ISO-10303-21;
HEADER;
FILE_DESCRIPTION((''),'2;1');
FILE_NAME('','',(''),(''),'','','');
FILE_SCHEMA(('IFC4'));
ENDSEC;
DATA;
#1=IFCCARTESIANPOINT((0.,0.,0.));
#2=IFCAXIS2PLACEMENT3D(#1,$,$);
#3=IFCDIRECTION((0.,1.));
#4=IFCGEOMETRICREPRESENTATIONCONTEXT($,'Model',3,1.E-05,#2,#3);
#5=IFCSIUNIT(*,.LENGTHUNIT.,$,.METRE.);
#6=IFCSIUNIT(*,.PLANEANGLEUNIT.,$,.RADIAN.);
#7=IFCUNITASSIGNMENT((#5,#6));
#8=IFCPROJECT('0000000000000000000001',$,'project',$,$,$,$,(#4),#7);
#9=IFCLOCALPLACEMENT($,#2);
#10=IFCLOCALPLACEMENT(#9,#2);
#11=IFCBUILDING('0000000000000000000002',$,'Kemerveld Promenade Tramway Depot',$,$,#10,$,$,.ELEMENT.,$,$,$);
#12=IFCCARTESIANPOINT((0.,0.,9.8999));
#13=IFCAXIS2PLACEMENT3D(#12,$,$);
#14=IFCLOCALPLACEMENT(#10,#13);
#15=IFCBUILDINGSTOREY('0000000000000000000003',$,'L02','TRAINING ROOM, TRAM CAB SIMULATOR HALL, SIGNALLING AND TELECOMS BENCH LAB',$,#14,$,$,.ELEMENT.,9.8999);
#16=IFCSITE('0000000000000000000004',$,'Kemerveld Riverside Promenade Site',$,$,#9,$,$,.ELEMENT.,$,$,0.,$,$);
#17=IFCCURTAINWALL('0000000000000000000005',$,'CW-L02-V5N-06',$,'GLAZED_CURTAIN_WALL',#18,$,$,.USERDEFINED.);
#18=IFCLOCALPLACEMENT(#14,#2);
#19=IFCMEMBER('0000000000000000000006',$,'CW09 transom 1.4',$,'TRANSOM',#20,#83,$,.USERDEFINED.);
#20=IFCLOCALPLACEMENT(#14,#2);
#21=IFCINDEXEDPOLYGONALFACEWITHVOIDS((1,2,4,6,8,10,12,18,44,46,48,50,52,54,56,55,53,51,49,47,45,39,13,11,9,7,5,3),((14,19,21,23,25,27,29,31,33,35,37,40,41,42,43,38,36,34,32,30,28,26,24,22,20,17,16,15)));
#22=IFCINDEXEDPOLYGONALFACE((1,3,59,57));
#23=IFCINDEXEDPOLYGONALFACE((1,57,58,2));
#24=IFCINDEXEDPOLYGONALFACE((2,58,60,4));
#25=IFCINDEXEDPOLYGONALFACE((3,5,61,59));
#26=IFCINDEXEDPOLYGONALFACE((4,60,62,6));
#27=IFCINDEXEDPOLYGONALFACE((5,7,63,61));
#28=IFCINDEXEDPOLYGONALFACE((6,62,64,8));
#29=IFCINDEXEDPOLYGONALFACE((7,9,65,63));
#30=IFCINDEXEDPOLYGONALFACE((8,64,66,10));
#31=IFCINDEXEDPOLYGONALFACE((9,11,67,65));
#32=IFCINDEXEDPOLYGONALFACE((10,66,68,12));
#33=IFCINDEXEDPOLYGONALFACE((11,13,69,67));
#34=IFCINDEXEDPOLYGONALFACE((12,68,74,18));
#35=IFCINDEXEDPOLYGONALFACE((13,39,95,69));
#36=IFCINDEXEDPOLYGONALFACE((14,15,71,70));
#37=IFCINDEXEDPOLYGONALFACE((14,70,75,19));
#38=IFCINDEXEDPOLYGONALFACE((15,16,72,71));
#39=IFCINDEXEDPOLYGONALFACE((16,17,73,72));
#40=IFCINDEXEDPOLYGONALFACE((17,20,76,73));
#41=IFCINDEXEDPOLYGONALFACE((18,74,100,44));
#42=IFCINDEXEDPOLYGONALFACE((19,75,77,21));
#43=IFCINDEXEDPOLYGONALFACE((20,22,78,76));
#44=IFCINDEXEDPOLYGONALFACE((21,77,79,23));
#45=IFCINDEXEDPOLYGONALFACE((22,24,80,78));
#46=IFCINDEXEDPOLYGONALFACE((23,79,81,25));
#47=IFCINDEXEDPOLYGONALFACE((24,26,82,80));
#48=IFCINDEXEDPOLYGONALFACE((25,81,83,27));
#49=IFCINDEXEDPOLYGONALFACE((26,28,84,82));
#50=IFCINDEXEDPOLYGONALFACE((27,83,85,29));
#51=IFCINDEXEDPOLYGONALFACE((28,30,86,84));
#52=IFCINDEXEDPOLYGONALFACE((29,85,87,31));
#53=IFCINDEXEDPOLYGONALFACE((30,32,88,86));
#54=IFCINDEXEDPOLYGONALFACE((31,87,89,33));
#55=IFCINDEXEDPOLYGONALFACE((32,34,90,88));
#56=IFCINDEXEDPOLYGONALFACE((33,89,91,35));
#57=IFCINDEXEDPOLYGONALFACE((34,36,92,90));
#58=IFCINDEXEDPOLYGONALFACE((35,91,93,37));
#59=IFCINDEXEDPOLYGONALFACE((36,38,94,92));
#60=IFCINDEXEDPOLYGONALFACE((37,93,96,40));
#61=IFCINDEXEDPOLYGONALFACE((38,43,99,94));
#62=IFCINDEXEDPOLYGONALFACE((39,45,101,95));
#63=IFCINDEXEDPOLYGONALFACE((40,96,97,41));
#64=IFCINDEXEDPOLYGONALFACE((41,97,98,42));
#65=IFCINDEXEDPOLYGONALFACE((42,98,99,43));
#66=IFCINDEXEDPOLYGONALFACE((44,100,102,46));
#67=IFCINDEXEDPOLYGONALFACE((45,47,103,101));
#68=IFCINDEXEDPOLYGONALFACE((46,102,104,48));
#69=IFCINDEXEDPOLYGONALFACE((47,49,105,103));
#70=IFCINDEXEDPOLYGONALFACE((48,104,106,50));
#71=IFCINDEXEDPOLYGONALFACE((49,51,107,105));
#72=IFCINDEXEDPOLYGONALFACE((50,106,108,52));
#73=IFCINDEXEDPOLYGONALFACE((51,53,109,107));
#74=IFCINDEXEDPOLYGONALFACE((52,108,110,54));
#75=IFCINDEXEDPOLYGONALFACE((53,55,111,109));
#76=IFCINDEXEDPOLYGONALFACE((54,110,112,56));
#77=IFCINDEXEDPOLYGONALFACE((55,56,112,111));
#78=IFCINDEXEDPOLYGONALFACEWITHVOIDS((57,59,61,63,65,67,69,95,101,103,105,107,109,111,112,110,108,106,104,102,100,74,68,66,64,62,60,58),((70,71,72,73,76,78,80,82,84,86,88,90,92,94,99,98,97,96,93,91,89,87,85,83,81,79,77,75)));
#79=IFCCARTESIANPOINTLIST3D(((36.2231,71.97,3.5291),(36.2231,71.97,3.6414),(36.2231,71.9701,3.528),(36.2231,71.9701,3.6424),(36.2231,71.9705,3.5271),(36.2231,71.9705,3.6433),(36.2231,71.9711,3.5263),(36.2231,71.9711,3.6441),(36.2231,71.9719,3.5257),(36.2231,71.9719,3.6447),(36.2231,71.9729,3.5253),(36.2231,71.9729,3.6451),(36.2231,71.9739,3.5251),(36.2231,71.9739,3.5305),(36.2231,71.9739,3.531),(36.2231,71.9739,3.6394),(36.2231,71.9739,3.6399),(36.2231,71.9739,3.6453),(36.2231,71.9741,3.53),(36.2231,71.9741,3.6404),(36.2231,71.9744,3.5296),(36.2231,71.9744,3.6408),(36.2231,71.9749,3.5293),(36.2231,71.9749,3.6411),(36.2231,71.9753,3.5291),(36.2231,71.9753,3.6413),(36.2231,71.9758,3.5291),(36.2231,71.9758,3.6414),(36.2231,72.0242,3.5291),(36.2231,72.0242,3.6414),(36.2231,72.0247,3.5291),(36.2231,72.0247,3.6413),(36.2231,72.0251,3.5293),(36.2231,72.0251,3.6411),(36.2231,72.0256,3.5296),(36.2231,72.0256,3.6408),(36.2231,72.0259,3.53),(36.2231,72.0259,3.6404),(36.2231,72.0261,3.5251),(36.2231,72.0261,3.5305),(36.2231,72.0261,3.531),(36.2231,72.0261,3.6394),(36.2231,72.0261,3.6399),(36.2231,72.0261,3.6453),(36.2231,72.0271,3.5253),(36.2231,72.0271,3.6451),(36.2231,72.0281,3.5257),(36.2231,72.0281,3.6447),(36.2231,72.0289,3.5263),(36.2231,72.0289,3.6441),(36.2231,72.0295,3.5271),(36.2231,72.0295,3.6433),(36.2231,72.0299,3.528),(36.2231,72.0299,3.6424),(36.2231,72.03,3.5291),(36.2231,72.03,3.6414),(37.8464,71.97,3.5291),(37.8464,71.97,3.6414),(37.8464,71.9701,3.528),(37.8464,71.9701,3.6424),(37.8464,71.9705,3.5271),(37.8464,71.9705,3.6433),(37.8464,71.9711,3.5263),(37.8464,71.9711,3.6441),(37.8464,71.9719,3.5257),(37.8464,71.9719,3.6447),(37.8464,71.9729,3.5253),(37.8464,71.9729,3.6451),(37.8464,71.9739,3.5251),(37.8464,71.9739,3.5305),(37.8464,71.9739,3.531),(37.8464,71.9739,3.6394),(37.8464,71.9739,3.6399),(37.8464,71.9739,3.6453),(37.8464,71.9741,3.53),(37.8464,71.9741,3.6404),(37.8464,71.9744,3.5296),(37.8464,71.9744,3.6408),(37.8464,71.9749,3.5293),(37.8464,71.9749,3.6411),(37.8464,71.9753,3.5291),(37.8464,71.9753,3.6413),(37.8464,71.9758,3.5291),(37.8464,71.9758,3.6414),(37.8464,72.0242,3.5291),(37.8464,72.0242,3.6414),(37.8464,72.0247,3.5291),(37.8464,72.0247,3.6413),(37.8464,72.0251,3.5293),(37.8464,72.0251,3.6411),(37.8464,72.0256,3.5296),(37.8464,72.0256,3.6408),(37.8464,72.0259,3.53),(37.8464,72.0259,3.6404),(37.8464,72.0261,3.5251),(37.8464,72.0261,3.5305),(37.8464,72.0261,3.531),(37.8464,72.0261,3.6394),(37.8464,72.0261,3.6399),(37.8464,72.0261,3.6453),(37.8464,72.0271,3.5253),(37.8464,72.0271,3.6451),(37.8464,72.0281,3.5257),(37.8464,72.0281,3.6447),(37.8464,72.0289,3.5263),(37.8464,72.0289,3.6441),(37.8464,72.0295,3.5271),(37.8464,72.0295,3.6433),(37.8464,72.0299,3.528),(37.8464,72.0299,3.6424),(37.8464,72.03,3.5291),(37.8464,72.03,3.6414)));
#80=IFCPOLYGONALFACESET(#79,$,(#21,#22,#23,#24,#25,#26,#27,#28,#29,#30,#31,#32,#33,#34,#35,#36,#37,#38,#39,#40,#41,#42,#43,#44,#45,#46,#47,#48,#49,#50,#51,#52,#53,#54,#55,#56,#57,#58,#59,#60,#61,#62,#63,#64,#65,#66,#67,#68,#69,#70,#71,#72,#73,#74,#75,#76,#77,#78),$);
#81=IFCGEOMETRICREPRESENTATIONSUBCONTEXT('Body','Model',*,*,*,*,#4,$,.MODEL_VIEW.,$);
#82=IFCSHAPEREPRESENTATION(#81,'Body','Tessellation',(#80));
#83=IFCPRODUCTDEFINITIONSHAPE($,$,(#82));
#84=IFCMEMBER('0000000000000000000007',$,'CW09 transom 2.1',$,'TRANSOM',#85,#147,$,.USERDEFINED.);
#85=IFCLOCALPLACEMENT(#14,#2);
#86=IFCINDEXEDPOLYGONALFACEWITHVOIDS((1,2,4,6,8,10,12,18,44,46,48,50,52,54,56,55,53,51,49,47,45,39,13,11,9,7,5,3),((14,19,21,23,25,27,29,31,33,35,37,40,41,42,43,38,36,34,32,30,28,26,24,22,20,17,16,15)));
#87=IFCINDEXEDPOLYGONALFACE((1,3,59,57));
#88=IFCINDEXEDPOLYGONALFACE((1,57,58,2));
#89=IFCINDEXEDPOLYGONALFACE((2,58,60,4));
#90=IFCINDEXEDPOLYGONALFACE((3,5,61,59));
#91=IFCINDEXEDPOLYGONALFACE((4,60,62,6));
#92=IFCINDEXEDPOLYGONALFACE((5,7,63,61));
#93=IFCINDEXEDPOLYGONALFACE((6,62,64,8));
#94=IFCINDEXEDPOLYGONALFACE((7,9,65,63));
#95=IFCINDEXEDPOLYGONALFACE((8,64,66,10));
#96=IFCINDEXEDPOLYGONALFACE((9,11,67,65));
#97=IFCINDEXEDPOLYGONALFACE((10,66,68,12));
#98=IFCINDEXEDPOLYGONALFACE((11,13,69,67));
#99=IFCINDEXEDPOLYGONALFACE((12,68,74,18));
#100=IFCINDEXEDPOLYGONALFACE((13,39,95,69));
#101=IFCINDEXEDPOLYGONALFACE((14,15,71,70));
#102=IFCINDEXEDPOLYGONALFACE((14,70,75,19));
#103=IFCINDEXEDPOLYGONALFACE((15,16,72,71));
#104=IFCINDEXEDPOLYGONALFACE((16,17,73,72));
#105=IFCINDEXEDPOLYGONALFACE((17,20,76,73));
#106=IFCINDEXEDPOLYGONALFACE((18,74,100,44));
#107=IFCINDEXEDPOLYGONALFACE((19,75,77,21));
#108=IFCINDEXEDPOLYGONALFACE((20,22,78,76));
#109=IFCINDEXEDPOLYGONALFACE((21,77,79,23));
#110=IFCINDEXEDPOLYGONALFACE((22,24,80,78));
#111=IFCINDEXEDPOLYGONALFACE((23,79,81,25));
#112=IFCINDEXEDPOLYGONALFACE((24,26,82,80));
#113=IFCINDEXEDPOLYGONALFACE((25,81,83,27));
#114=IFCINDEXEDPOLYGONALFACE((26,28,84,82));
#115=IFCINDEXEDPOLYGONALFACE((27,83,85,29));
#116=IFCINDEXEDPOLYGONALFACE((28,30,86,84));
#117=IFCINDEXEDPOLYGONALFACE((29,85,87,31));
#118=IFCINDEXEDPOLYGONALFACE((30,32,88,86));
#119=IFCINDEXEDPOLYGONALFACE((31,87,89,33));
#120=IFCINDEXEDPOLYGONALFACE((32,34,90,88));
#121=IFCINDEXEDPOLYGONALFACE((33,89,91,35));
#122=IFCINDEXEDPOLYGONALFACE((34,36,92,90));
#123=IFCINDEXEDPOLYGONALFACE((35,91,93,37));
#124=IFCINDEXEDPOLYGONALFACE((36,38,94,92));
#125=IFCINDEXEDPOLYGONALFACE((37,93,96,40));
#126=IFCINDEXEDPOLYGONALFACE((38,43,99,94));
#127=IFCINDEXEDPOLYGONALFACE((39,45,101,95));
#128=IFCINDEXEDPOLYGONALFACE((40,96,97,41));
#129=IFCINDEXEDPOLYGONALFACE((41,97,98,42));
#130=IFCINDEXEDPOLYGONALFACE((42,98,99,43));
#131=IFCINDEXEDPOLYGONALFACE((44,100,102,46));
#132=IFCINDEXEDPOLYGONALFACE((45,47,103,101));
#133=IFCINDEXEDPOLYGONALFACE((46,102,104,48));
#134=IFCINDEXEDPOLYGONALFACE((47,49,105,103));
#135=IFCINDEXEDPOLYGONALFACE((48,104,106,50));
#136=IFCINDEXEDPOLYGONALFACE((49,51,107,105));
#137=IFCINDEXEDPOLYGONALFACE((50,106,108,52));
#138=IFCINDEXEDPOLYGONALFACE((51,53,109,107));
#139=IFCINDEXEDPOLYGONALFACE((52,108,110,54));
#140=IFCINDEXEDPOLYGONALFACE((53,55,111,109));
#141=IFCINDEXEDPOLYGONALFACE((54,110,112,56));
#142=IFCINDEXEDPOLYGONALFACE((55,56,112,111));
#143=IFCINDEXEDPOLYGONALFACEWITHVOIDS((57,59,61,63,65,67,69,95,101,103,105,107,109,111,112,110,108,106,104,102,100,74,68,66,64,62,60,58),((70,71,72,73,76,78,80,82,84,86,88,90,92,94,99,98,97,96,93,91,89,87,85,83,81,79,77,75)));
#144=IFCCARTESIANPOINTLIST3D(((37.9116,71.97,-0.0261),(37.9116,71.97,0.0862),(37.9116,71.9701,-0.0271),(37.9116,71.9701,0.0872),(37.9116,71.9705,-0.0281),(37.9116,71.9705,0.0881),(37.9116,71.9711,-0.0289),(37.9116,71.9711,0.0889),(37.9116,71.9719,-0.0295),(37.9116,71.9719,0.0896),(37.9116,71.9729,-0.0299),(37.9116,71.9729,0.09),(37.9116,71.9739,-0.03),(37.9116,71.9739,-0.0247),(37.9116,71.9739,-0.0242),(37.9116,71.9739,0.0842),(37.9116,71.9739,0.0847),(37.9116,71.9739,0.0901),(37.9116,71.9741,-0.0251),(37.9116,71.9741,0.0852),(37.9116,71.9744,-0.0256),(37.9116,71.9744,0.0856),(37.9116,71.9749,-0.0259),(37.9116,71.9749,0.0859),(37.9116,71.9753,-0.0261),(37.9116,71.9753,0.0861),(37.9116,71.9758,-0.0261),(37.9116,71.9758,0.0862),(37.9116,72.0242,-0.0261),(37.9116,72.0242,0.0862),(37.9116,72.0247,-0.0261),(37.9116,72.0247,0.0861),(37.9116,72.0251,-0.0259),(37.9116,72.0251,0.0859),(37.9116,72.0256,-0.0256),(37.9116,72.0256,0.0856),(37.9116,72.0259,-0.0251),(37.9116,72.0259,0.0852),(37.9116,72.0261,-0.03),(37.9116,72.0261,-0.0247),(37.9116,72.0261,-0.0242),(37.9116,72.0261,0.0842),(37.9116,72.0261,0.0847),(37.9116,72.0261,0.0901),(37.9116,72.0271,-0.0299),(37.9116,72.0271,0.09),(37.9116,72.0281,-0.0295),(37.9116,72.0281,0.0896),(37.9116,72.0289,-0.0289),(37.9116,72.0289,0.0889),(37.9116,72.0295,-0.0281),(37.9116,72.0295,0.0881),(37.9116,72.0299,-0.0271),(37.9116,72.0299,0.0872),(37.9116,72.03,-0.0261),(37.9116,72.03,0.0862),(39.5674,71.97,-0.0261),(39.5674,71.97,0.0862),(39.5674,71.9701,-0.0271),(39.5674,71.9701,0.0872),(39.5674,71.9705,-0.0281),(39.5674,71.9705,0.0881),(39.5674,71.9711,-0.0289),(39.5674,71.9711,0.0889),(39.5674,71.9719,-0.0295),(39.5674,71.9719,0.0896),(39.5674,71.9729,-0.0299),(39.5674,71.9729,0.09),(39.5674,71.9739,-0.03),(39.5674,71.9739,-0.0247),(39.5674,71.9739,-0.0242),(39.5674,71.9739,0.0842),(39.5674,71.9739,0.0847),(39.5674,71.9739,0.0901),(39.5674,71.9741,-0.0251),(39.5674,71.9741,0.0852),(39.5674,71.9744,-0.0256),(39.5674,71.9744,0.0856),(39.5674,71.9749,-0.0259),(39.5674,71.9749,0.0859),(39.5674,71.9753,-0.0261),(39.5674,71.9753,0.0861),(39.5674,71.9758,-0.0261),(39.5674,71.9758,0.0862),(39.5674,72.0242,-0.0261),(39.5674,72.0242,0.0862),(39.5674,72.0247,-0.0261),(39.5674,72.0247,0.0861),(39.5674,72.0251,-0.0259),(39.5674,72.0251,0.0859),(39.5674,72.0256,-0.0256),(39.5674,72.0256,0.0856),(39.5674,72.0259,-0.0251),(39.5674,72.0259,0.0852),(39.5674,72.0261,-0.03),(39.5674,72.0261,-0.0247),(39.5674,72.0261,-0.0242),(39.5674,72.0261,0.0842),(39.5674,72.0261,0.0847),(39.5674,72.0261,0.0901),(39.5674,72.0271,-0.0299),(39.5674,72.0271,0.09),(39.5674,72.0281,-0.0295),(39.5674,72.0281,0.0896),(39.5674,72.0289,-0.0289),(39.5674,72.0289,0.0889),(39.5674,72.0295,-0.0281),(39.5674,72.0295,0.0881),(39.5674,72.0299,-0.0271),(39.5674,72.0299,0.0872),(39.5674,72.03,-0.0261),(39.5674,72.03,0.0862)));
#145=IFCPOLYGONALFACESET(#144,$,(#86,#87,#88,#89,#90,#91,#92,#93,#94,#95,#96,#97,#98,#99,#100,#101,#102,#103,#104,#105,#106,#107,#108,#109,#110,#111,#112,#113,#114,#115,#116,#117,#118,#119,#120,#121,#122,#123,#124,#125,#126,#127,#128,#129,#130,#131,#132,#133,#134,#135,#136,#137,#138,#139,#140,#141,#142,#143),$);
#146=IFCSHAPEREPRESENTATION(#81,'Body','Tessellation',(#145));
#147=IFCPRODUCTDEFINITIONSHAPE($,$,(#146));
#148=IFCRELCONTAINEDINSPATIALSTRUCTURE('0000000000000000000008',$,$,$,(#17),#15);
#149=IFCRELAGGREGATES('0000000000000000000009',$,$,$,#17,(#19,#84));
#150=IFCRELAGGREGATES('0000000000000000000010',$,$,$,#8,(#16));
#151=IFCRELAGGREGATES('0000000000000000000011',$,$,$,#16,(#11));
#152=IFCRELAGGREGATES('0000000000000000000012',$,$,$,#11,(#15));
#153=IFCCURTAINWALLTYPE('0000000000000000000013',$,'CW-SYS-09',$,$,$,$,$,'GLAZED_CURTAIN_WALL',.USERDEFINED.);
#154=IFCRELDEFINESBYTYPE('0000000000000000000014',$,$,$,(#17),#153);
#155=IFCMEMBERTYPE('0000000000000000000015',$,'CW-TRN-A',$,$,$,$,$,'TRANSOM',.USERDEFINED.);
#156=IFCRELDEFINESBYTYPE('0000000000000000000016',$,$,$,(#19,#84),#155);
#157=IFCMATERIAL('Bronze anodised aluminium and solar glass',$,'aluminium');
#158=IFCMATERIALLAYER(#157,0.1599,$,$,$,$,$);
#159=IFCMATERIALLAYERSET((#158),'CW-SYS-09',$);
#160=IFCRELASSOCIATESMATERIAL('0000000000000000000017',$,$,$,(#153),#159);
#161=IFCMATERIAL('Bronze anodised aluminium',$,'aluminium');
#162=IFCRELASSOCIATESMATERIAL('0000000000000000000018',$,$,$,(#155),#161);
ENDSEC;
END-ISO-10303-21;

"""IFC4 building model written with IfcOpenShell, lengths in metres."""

from ifc_helpers import new_model, si_unit, direction, frame, origin, origin_2d, place, context, subcontext, project, spatial, hollow_rectangle, extrude, material, layer, layer_set, material_profile, profile_set, type_object, element, aggregate, save


model = new_model("IFC4")

# Units and contexts
model_context = context("Model", 3, precision=1e-05, world=origin(), true_north=direction((0.0, 1.0)))
body_context = subcontext(model_context, "Body", "Model", "MODEL_VIEW")
ifc_project = project(units=[si_unit("LENGTHUNIT", "METRE"), si_unit("PLANEANGLEUNIT", "RADIAN")], contexts=[model_context])

# Site, building, storey
site_placement = place(None, origin())
site = spatial("IfcSite", under=ifc_project, at=site_placement, Name="Kemerveld Riverside Promenade Site", CompositionType="ELEMENT", RefElevation=0.0)
building_placement = place(site_placement, origin())
building = spatial("IfcBuilding", under=site, at=building_placement, Name="Kemerveld Promenade Tramway Depot", CompositionType="ELEMENT")
storey_placement = place(building_placement, frame((0.0, 0.0, 9.8999)))
storey = spatial("IfcBuildingStorey", under=building, at=storey_placement, Name="L02", Description="TRAINING ROOM, TRAM CAB SIMULATOR HALL, SIGNALLING AND TELECOMS BENCH LAB", CompositionType="ELEMENT", Elevation=9.8999)

# Curtain wall, members
ifc_material_1 = material(Name="Bronze anodised aluminium and solar glass", Category="aluminium")
ifc_layer_1 = layer(ifc_material_1, 0.1599)
ifc_layer_set_1 = layer_set([ifc_layer_1], Name="CW-SYS-09")
curtain_wall_type = type_object("IfcCurtainWallType", Name="CW-SYS-09", ElementType="GLAZED_CURTAIN_WALL", PredefinedType="USERDEFINED", material=ifc_layer_set_1)
curtain_wall_placement = place(storey_placement, origin())
curtain_wall = element("IfcCurtainWall", 1, at=curtain_wall_placement, inside=storey, type_object=curtain_wall_type, Name="CW-L02-V5N-06", ObjectType="GLAZED_CURTAIN_WALL", PredefinedType="USERDEFINED")
ifc_material_2 = material(Name="Bronze anodised aluminium", Category="aluminium")
ifc_material_profile_1 = material_profile(ifc_material_2, hollow_rectangle(XDim=0.0601, YDim=0.1201, WallThickness=0.0039, InnerFilletRadius=0.002, OuterFilletRadius=0.0039, at=origin_2d()), Name="CW-TRN-120x60")
ifc_profile_set_1 = profile_set([ifc_material_profile_1], Name="Bronze anodised aluminium")
member_type_1 = type_object("IfcMemberType", Name="CW-TRN-A", ElementType="TRANSOM", PredefinedType="USERDEFINED", material=ifc_profile_set_1)
member_1_placement = place(storey_placement, frame((36.2231, 72.0, 3.5852), z_axis=(1.0, 0.0, 0.0), x_axis=(0.0, 1.0, 0.0)))
member_1 = element("IfcMember", 2, at=member_1_placement, type_object=member_type_1, Name="CW09 transom 1.4", ObjectType="TRANSOM", PredefinedType="USERDEFINED", context=body_context, shape_type="SweptSolid", body=[
    extrude(hollow_rectangle(XDim=0.0601, YDim=0.1201, WallThickness=0.0039, InnerFilletRadius=0.002, OuterFilletRadius=0.0039, at=origin_2d()), origin(), (0.0, 0.0, 1.0), 1.6233),
])
member_2_placement = place(storey_placement, frame((37.9116, 72.0, 0.03), z_axis=(1.0, 0.0, 0.0), x_axis=(0.0, 1.0, 0.0)))
member_2 = element("IfcMember", 3, at=member_2_placement, type_object=member_type_1, Name="CW09 transom 2.1", ObjectType="TRANSOM", PredefinedType="USERDEFINED", context=body_context, shape_type="SweptSolid", body=[
    extrude(hollow_rectangle(XDim=0.0601, YDim=0.1201, WallThickness=0.0039, InnerFilletRadius=0.002, OuterFilletRadius=0.0039, at=origin_2d()), origin(), (0.0, 0.0, 1.0), 1.6558),
])
aggregate(curtain_wall, [member_1, member_2])

save(model, "model.ifc")
